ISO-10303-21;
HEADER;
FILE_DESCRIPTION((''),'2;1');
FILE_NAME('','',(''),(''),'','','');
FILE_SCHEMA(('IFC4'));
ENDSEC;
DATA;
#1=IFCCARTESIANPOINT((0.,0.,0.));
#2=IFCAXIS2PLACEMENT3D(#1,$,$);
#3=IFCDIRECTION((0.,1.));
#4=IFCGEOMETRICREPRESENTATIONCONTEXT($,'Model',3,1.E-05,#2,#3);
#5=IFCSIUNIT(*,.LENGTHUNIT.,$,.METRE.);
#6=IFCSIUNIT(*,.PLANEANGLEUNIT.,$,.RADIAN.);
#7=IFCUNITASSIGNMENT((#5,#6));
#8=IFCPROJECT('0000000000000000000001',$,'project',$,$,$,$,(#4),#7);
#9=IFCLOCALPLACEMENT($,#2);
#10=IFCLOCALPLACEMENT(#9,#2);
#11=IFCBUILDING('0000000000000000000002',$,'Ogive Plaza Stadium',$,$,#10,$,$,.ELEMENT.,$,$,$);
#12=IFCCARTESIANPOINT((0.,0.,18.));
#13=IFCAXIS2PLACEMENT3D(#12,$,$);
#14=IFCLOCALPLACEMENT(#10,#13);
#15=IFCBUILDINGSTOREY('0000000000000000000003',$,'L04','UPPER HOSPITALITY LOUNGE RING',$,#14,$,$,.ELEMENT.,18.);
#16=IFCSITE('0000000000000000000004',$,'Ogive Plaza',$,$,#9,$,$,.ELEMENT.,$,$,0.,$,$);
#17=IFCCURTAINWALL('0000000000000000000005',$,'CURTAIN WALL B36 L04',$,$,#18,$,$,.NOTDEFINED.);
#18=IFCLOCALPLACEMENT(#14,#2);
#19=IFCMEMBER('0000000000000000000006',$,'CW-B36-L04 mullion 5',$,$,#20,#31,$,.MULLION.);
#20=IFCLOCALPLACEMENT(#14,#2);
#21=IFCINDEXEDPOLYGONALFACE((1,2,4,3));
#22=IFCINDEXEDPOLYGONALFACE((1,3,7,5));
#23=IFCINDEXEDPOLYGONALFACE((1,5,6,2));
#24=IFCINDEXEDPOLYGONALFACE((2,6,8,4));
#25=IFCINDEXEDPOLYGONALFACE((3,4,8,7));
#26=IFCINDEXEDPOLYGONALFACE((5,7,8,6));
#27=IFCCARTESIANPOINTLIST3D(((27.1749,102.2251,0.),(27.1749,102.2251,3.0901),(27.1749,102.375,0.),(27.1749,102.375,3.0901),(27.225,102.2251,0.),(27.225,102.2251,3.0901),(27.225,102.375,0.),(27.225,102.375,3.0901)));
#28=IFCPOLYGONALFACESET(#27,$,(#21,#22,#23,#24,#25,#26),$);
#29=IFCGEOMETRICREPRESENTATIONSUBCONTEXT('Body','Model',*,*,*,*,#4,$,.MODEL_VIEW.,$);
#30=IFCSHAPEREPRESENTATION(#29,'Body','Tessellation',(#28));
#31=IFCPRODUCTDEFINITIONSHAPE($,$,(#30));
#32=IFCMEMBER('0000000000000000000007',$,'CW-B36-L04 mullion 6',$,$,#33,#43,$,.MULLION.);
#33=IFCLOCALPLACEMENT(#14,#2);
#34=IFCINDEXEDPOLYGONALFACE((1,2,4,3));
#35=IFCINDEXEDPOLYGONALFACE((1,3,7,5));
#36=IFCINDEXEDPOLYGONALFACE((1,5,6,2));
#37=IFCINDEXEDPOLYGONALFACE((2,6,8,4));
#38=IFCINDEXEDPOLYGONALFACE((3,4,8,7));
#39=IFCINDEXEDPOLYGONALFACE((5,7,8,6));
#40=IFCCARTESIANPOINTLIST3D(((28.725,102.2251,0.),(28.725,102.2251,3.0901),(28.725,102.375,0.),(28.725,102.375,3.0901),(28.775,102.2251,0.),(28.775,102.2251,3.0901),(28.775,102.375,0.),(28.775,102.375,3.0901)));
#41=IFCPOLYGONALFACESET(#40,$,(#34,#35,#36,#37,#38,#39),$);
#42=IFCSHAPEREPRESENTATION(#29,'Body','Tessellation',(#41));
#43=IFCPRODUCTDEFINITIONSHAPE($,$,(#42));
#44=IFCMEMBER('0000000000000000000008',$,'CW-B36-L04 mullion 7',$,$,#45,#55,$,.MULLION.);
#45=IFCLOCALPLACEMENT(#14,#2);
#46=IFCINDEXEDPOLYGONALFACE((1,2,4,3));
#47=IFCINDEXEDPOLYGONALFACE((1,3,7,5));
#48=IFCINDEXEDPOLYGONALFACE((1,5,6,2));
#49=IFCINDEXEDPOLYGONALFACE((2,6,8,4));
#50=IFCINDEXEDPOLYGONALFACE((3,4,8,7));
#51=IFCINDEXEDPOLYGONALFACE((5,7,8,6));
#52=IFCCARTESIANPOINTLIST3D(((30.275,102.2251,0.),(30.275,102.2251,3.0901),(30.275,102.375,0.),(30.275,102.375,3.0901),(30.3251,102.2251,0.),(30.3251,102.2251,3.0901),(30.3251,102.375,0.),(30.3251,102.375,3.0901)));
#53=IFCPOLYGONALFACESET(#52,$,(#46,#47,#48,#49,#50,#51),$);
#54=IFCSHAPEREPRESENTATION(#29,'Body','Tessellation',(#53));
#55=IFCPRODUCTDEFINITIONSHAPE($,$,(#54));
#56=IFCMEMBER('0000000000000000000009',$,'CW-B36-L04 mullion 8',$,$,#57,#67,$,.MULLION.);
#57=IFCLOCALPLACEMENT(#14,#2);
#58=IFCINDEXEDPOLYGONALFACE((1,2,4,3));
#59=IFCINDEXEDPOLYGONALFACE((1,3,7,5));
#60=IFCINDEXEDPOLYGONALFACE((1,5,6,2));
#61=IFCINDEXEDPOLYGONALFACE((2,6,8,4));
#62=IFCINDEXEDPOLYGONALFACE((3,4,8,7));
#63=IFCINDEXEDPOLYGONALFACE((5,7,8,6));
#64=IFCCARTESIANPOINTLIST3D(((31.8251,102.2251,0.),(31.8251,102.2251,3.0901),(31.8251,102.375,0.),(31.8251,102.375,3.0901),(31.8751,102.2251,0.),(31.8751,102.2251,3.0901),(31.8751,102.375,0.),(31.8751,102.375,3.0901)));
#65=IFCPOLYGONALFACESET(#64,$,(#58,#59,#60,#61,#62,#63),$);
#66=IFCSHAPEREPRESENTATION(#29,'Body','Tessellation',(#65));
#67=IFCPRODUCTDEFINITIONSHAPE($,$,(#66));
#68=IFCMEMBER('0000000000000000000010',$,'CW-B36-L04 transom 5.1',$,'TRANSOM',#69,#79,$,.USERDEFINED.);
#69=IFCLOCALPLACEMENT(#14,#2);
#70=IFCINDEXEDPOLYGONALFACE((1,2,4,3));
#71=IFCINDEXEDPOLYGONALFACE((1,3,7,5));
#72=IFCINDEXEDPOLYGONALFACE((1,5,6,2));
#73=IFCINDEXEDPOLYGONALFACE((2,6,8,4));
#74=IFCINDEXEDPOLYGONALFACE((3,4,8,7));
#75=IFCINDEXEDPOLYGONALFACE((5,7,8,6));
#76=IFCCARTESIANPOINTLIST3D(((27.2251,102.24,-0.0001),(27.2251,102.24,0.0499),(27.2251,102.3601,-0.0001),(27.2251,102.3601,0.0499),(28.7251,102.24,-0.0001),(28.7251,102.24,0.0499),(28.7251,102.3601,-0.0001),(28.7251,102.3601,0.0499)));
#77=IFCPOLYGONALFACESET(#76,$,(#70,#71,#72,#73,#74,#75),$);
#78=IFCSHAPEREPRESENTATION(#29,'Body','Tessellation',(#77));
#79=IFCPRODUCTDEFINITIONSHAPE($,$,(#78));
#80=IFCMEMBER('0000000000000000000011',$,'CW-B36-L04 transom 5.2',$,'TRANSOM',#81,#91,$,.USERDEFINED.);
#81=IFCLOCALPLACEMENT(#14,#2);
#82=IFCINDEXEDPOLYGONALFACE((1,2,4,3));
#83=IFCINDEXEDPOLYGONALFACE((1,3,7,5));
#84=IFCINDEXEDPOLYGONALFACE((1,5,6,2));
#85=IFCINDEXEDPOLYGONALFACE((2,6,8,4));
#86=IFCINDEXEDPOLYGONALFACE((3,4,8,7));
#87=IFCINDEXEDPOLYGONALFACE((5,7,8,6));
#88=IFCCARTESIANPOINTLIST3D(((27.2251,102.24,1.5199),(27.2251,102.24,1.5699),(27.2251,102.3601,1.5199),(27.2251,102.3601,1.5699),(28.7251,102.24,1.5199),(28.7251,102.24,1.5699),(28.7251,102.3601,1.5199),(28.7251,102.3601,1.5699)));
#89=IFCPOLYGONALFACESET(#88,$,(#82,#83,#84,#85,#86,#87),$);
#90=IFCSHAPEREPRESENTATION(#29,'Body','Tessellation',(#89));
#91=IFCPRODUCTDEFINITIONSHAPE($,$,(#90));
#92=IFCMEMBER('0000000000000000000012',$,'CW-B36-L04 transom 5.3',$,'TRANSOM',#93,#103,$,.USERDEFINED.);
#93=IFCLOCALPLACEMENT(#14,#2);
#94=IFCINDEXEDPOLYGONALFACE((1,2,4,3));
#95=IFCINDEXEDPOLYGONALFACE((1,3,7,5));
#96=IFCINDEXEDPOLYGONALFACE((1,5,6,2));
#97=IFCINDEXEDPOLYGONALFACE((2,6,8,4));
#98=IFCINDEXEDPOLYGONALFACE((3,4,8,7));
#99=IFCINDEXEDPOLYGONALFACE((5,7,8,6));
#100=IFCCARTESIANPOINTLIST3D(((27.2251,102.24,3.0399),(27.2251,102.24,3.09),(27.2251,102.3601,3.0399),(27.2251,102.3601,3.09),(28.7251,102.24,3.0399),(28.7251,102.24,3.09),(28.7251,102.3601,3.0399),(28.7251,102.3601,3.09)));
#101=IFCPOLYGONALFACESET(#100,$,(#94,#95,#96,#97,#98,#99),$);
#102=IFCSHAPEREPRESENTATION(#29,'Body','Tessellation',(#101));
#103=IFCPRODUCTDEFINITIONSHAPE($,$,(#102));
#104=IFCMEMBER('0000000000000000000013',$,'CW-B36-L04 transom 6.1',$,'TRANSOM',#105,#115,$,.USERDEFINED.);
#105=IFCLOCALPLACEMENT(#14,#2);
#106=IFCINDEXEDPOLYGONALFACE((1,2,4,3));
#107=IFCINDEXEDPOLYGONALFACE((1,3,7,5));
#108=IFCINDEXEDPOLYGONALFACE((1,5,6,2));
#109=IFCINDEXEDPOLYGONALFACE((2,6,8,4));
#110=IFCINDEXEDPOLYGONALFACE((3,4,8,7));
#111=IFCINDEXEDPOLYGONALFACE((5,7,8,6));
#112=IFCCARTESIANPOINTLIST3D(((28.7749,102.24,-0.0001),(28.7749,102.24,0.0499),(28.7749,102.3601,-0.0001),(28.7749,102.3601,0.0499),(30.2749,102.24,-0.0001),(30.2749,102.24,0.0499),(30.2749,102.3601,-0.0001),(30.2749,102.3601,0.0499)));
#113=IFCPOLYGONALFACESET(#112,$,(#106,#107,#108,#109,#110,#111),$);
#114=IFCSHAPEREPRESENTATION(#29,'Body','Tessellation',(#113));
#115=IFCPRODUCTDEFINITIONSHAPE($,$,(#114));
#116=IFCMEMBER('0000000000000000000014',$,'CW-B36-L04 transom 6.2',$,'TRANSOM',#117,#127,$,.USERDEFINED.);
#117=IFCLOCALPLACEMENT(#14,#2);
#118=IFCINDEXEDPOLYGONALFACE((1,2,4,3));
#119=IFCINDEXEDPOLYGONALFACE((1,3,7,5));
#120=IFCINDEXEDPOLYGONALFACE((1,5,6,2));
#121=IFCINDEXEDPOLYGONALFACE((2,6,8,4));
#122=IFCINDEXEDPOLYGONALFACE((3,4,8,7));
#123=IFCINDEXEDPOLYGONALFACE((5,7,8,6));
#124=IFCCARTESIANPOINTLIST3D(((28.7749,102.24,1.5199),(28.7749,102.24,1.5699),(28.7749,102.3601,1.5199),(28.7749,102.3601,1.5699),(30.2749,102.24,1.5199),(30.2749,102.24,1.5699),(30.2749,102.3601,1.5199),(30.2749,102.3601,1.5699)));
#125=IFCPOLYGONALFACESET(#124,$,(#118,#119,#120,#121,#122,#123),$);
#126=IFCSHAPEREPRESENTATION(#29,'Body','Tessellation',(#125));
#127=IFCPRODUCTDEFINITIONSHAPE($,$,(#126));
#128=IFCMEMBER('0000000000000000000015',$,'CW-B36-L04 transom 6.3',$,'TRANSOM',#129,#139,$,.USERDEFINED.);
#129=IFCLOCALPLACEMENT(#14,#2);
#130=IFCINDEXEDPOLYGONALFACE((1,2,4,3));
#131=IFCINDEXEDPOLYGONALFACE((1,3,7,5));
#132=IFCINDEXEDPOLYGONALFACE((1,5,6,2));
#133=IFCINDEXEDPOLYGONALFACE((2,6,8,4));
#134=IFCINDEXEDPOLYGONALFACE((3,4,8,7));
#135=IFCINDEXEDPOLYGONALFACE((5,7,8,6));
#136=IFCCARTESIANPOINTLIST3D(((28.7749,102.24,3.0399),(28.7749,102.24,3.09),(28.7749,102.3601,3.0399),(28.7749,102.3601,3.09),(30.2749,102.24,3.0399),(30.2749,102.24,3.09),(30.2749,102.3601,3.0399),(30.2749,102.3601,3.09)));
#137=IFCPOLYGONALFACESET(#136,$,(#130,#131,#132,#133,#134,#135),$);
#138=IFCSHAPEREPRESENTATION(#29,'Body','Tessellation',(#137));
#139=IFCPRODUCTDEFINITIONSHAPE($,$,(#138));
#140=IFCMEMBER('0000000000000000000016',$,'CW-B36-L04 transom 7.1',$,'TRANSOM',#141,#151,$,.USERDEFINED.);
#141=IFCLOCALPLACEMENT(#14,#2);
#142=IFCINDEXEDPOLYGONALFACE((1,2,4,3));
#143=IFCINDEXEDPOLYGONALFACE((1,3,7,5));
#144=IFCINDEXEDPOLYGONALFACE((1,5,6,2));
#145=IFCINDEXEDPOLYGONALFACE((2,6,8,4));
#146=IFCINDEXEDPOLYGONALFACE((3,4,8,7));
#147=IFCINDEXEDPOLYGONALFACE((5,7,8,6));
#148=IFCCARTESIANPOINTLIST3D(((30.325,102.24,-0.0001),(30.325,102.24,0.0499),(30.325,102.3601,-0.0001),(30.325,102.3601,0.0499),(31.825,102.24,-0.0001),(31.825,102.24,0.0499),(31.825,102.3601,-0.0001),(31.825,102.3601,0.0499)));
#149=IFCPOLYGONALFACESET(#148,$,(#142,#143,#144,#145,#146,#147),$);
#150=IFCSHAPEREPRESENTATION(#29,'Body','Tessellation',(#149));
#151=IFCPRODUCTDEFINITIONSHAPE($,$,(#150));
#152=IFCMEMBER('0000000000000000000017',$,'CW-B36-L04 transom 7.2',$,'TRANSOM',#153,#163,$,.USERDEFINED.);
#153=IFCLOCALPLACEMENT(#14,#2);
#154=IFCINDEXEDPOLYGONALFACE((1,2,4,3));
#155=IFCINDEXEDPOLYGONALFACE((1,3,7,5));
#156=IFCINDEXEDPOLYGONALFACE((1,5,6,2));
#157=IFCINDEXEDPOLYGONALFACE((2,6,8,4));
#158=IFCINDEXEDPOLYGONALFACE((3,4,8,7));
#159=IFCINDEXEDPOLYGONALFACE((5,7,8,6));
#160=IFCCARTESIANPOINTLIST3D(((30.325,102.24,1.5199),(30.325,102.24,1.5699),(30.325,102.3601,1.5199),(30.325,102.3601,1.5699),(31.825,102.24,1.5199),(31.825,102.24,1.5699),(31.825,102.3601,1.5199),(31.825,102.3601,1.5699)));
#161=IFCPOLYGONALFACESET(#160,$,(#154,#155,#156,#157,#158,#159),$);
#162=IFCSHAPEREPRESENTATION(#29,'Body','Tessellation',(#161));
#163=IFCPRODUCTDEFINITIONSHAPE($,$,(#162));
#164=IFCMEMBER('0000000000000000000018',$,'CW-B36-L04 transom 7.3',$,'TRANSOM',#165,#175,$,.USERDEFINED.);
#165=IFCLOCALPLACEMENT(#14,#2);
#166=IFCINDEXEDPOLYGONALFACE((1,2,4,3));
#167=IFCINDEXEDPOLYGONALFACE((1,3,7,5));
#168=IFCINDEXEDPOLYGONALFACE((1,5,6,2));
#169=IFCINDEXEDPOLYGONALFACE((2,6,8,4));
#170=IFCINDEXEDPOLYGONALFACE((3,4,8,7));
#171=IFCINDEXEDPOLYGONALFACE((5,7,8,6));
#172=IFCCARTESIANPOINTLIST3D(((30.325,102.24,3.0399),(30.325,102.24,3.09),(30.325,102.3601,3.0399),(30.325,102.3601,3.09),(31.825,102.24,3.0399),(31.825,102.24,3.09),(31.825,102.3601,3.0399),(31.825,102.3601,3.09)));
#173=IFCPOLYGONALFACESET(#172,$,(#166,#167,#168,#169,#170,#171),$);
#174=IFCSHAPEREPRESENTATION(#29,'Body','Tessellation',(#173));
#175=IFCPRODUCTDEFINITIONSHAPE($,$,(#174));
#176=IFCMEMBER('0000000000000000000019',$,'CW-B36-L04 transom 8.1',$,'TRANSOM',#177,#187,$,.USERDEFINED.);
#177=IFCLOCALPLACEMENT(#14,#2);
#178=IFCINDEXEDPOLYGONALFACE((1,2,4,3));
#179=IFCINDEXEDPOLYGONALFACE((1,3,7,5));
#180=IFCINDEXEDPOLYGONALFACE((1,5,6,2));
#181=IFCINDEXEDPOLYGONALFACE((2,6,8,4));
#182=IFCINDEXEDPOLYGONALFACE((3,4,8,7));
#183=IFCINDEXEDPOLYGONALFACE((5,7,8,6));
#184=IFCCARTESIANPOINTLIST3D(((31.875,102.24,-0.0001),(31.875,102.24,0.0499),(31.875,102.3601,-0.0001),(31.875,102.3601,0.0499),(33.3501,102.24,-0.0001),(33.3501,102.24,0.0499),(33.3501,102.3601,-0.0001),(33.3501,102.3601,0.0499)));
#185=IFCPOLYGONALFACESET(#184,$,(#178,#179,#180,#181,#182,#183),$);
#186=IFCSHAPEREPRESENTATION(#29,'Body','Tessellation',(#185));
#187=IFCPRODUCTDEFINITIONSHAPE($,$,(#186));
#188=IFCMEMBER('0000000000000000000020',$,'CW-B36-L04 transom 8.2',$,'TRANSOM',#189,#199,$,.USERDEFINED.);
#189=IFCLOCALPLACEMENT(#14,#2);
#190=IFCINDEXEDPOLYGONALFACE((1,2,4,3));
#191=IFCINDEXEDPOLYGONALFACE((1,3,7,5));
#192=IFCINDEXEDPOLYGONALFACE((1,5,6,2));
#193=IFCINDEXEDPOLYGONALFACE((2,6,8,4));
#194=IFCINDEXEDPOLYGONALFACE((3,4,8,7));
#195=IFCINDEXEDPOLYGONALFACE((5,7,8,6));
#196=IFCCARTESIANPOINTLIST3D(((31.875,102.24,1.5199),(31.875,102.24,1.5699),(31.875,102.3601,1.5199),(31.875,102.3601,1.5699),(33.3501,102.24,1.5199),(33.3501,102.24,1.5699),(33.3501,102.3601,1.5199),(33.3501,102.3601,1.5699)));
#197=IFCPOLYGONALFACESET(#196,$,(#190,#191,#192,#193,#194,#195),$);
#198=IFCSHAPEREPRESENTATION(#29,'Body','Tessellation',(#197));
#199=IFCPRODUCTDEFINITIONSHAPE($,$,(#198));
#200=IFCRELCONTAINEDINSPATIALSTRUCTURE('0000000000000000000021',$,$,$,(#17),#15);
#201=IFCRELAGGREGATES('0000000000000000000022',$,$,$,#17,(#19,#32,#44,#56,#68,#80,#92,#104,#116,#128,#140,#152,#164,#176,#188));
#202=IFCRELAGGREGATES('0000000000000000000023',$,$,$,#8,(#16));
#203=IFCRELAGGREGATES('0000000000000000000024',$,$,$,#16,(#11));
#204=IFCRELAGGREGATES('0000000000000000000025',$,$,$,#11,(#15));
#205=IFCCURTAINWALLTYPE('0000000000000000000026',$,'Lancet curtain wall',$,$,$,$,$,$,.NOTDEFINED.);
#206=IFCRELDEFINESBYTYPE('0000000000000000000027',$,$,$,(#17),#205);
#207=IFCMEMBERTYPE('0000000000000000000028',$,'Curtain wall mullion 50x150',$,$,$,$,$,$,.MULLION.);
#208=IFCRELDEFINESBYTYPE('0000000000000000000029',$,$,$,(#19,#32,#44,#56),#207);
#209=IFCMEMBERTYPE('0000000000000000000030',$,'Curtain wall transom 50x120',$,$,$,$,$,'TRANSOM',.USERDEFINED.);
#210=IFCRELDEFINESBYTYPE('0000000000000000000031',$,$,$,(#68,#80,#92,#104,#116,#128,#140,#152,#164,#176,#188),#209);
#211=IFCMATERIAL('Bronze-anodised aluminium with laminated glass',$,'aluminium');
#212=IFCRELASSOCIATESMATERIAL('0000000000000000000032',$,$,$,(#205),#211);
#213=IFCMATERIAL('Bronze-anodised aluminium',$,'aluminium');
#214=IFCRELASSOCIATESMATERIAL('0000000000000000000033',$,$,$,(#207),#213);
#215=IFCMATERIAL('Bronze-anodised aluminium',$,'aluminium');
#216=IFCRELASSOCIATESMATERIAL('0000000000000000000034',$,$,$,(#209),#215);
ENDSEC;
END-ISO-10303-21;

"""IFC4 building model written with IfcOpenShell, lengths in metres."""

from ifc_helpers import new_model, si_unit, direction, frame, origin, origin_2d, place, context, subcontext, project, spatial, rectangle, extrude, material, material_profile, profile_set, type_object, element, aggregate, save


model = new_model("IFC4")

# Units and contexts
model_context = context("Model", 3, precision=1e-05, world=origin(), true_north=direction((0.0, 1.0)))
body_context = subcontext(model_context, "Body", "Model", "MODEL_VIEW")
ifc_project = project(units=[si_unit("LENGTHUNIT", "METRE"), si_unit("PLANEANGLEUNIT", "RADIAN")], contexts=[model_context])

# Site, building, storey
site_placement = place(None, origin())
site = spatial("IfcSite", under=ifc_project, at=site_placement, Name="Ogive Plaza", CompositionType="ELEMENT", RefElevation=0.0)
building_placement = place(site_placement, origin())
building = spatial("IfcBuilding", under=site, at=building_placement, Name="Ogive Plaza Stadium", CompositionType="ELEMENT")
storey_placement = place(building_placement, frame((0.0, 0.0, 18.0)))
storey = spatial("IfcBuildingStorey", under=building, at=storey_placement, Name="L04", Description="UPPER HOSPITALITY LOUNGE RING", CompositionType="ELEMENT", Elevation=18.0)

# Curtain wall, members
ifc_material_1 = material(Name="Bronze-anodised aluminium with laminated glass", Category="aluminium")
curtain_wall_type = type_object("IfcCurtainWallType", Name="Lancet curtain wall", PredefinedType="NOTDEFINED", material=ifc_material_1)
curtain_wall_placement = place(storey_placement, origin())
curtain_wall = element("IfcCurtainWall", 1, at=curtain_wall_placement, inside=storey, type_object=curtain_wall_type, Name="CURTAIN WALL B36 L04", PredefinedType="NOTDEFINED")
ifc_material_2 = material(Name="Bronze-anodised aluminium", Category="aluminium")
ifc_material_profile_1 = material_profile(ifc_material_2, rectangle(XDim=0.1499, YDim=0.05, at=origin_2d()), Name="AL 150x50")
ifc_profile_set_1 = profile_set([ifc_material_profile_1], Name="Bronze-anodised aluminium")
member_type_1 = type_object("IfcMemberType", Name="Curtain wall mullion 50x150", PredefinedType="MULLION", material=ifc_profile_set_1)
member_1_placement = place(storey_placement, frame((27.2, 102.3, 0.0), z_axis=(0.0, 0.0, 1.0), x_axis=(0.0, 1.0, 0.0)))
member_1 = element("IfcMember", 2, at=member_1_placement, type_object=member_type_1, Name="CW-B36-L04 mullion 5", PredefinedType="MULLION", context=body_context, shape_type="SweptSolid", body=[
    extrude(rectangle(XDim=0.1499, YDim=0.05, at=origin_2d()), origin(), (0.0, 0.0, 1.0), 3.0901),
])
member_2_placement = place(storey_placement, frame((28.75, 102.3, 0.0), z_axis=(0.0, 0.0, 1.0), x_axis=(0.0, 1.0, 0.0)))
member_2 = element("IfcMember", 3, at=member_2_placement, type_object=member_type_1, Name="CW-B36-L04 mullion 6", PredefinedType="MULLION", context=body_context, shape_type="SweptSolid", body=[
    extrude(rectangle(XDim=0.1499, YDim=0.05, at=origin_2d()), origin(), (0.0, 0.0, 1.0), 3.0901),
])
member_3_placement = place(storey_placement, frame((30.3, 102.3, 0.0), z_axis=(0.0, 0.0, 1.0), x_axis=(0.0, 1.0, 0.0)))
member_3 = element("IfcMember", 4, at=member_3_placement, type_object=member_type_1, Name="CW-B36-L04 mullion 7", PredefinedType="MULLION", context=body_context, shape_type="SweptSolid", body=[
    extrude(rectangle(XDim=0.1499, YDim=0.05, at=origin_2d()), origin(), (0.0, 0.0, 1.0), 3.0901),
])
member_4_placement = place(storey_placement, frame((31.8501, 102.3, 0.0), z_axis=(0.0, 0.0, 1.0), x_axis=(0.0, 1.0, 0.0)))
member_4 = element("IfcMember", 5, at=member_4_placement, type_object=member_type_1, Name="CW-B36-L04 mullion 8", PredefinedType="MULLION", context=body_context, shape_type="SweptSolid", body=[
    extrude(rectangle(XDim=0.1499, YDim=0.05, at=origin_2d()), origin(), (0.0, 0.0, 1.0), 3.0901),
])
ifc_material_3 = material(Name="Bronze-anodised aluminium", Category="aluminium")
ifc_material_profile_2 = material_profile(ifc_material_3, rectangle(XDim=0.1201, YDim=0.05, at=origin_2d()), Name="AL 120x50")
ifc_profile_set_2 = profile_set([ifc_material_profile_2], Name="Bronze-anodised aluminium")
member_type_2 = type_object("IfcMemberType", Name="Curtain wall transom 50x120", ElementType="TRANSOM", PredefinedType="USERDEFINED", material=ifc_profile_set_2)
member_5_placement = place(storey_placement, frame((27.2251, 102.3, 0.0249), z_axis=(1.0, 0.0, 0.0), x_axis=(0.0, 1.0, 0.0)))
member_5 = element("IfcMember", 6, at=member_5_placement, type_object=member_type_2, Name="CW-B36-L04 transom 5.1", ObjectType="TRANSOM", PredefinedType="USERDEFINED", context=body_context, shape_type="SweptSolid", body=[
    extrude(rectangle(XDim=0.1201, YDim=0.05, at=origin_2d()), origin(), (0.0, 0.0, 1.0), 1.5),
])
member_6_placement = place(storey_placement, frame((27.2251, 102.3, 1.5449), z_axis=(1.0, 0.0, 0.0), x_axis=(0.0, 1.0, 0.0)))
member_6 = element("IfcMember", 7, at=member_6_placement, type_object=member_type_2, Name="CW-B36-L04 transom 5.2", ObjectType="TRANSOM", PredefinedType="USERDEFINED", context=body_context, shape_type="SweptSolid", body=[
    extrude(rectangle(XDim=0.1201, YDim=0.05, at=origin_2d()), origin(), (0.0, 0.0, 1.0), 1.5),
])
member_7_placement = place(storey_placement, frame((27.2251, 102.3, 3.0649), z_axis=(1.0, 0.0, 0.0), x_axis=(0.0, 1.0, 0.0)))
member_7 = element("IfcMember", 8, at=member_7_placement, type_object=member_type_2, Name="CW-B36-L04 transom 5.3", ObjectType="TRANSOM", PredefinedType="USERDEFINED", context=body_context, shape_type="SweptSolid", body=[
    extrude(rectangle(XDim=0.1201, YDim=0.05, at=origin_2d()), origin(), (0.0, 0.0, 1.0), 1.5),
])
member_8_placement = place(storey_placement, frame((28.7749, 102.3, 0.0249), z_axis=(1.0, 0.0, 0.0), x_axis=(0.0, 1.0, 0.0)))
member_8 = element("IfcMember", 9, at=member_8_placement, type_object=member_type_2, Name="CW-B36-L04 transom 6.1", ObjectType="TRANSOM", PredefinedType="USERDEFINED", context=body_context, shape_type="SweptSolid", body=[
    extrude(rectangle(XDim=0.1201, YDim=0.05, at=origin_2d()), origin(), (0.0, 0.0, 1.0), 1.5),
])
member_9_placement = place(storey_placement, frame((28.7749, 102.3, 1.5449), z_axis=(1.0, 0.0, 0.0), x_axis=(0.0, 1.0, 0.0)))
member_9 = element("IfcMember", 10, at=member_9_placement, type_object=member_type_2, Name="CW-B36-L04 transom 6.2", ObjectType="TRANSOM", PredefinedType="USERDEFINED", context=body_context, shape_type="SweptSolid", body=[
    extrude(rectangle(XDim=0.1201, YDim=0.05, at=origin_2d()), origin(), (0.0, 0.0, 1.0), 1.5),
])
member_10_placement = place(storey_placement, frame((28.7749, 102.3, 3.0649), z_axis=(1.0, 0.0, 0.0), x_axis=(0.0, 1.0, 0.0)))
member_10 = element("IfcMember", 11, at=member_10_placement, type_object=member_type_2, Name="CW-B36-L04 transom 6.3", ObjectType="TRANSOM", PredefinedType="USERDEFINED", context=body_context, shape_type="SweptSolid", body=[
    extrude(rectangle(XDim=0.1201, YDim=0.05, at=origin_2d()), origin(), (0.0, 0.0, 1.0), 1.5),
])
member_11_placement = place(storey_placement, frame((30.325, 102.3, 0.0249), z_axis=(1.0, 0.0, 0.0), x_axis=(0.0, 1.0, 0.0)))
member_11 = element("IfcMember", 12, at=member_11_placement, type_object=member_type_2, Name="CW-B36-L04 transom 7.1", ObjectType="TRANSOM", PredefinedType="USERDEFINED", context=body_context, shape_type="SweptSolid", body=[
    extrude(rectangle(XDim=0.1201, YDim=0.05, at=origin_2d()), origin(), (0.0, 0.0, 1.0), 1.5),
])
member_12_placement = place(storey_placement, frame((30.325, 102.3, 1.5449), z_axis=(1.0, 0.0, 0.0), x_axis=(0.0, 1.0, 0.0)))
member_12 = element("IfcMember", 13, at=member_12_placement, type_object=member_type_2, Name="CW-B36-L04 transom 7.2", ObjectType="TRANSOM", PredefinedType="USERDEFINED", context=body_context, shape_type="SweptSolid", body=[
    extrude(rectangle(XDim=0.1201, YDim=0.05, at=origin_2d()), origin(), (0.0, 0.0, 1.0), 1.5),
])
member_13_placement = place(storey_placement, frame((30.325, 102.3, 3.0649), z_axis=(1.0, 0.0, 0.0), x_axis=(0.0, 1.0, 0.0)))
member_13 = element("IfcMember", 14, at=member_13_placement, type_object=member_type_2, Name="CW-B36-L04 transom 7.3", ObjectType="TRANSOM", PredefinedType="USERDEFINED", context=body_context, shape_type="SweptSolid", body=[
    extrude(rectangle(XDim=0.1201, YDim=0.05, at=origin_2d()), origin(), (0.0, 0.0, 1.0), 1.5),
])
member_14_placement = place(storey_placement, frame((31.875, 102.3, 0.0249), z_axis=(1.0, 0.0, 0.0), x_axis=(0.0, 1.0, 0.0)))
member_14 = element("IfcMember", 15, at=member_14_placement, type_object=member_type_2, Name="CW-B36-L04 transom 8.1", ObjectType="TRANSOM", PredefinedType="USERDEFINED", context=body_context, shape_type="SweptSolid", body=[
    extrude(rectangle(XDim=0.1201, YDim=0.05, at=origin_2d()), origin(), (0.0, 0.0, 1.0), 1.4751),
])
member_15_placement = place(storey_placement, frame((31.875, 102.3, 1.5449), z_axis=(1.0, 0.0, 0.0), x_axis=(0.0, 1.0, 0.0)))
member_15 = element("IfcMember", 16, at=member_15_placement, type_object=member_type_2, Name="CW-B36-L04 transom 8.2", ObjectType="TRANSOM", PredefinedType="USERDEFINED", context=body_context, shape_type="SweptSolid", body=[
    extrude(rectangle(XDim=0.1201, YDim=0.05, at=origin_2d()), origin(), (0.0, 0.0, 1.0), 1.4751),
])
aggregate(curtain_wall, [member_1, member_2, member_3, member_4, member_5, member_6, member_7, member_8, member_9, member_10, member_11, member_12, member_13, member_14, member_15])

save(model, "model.ifc")
